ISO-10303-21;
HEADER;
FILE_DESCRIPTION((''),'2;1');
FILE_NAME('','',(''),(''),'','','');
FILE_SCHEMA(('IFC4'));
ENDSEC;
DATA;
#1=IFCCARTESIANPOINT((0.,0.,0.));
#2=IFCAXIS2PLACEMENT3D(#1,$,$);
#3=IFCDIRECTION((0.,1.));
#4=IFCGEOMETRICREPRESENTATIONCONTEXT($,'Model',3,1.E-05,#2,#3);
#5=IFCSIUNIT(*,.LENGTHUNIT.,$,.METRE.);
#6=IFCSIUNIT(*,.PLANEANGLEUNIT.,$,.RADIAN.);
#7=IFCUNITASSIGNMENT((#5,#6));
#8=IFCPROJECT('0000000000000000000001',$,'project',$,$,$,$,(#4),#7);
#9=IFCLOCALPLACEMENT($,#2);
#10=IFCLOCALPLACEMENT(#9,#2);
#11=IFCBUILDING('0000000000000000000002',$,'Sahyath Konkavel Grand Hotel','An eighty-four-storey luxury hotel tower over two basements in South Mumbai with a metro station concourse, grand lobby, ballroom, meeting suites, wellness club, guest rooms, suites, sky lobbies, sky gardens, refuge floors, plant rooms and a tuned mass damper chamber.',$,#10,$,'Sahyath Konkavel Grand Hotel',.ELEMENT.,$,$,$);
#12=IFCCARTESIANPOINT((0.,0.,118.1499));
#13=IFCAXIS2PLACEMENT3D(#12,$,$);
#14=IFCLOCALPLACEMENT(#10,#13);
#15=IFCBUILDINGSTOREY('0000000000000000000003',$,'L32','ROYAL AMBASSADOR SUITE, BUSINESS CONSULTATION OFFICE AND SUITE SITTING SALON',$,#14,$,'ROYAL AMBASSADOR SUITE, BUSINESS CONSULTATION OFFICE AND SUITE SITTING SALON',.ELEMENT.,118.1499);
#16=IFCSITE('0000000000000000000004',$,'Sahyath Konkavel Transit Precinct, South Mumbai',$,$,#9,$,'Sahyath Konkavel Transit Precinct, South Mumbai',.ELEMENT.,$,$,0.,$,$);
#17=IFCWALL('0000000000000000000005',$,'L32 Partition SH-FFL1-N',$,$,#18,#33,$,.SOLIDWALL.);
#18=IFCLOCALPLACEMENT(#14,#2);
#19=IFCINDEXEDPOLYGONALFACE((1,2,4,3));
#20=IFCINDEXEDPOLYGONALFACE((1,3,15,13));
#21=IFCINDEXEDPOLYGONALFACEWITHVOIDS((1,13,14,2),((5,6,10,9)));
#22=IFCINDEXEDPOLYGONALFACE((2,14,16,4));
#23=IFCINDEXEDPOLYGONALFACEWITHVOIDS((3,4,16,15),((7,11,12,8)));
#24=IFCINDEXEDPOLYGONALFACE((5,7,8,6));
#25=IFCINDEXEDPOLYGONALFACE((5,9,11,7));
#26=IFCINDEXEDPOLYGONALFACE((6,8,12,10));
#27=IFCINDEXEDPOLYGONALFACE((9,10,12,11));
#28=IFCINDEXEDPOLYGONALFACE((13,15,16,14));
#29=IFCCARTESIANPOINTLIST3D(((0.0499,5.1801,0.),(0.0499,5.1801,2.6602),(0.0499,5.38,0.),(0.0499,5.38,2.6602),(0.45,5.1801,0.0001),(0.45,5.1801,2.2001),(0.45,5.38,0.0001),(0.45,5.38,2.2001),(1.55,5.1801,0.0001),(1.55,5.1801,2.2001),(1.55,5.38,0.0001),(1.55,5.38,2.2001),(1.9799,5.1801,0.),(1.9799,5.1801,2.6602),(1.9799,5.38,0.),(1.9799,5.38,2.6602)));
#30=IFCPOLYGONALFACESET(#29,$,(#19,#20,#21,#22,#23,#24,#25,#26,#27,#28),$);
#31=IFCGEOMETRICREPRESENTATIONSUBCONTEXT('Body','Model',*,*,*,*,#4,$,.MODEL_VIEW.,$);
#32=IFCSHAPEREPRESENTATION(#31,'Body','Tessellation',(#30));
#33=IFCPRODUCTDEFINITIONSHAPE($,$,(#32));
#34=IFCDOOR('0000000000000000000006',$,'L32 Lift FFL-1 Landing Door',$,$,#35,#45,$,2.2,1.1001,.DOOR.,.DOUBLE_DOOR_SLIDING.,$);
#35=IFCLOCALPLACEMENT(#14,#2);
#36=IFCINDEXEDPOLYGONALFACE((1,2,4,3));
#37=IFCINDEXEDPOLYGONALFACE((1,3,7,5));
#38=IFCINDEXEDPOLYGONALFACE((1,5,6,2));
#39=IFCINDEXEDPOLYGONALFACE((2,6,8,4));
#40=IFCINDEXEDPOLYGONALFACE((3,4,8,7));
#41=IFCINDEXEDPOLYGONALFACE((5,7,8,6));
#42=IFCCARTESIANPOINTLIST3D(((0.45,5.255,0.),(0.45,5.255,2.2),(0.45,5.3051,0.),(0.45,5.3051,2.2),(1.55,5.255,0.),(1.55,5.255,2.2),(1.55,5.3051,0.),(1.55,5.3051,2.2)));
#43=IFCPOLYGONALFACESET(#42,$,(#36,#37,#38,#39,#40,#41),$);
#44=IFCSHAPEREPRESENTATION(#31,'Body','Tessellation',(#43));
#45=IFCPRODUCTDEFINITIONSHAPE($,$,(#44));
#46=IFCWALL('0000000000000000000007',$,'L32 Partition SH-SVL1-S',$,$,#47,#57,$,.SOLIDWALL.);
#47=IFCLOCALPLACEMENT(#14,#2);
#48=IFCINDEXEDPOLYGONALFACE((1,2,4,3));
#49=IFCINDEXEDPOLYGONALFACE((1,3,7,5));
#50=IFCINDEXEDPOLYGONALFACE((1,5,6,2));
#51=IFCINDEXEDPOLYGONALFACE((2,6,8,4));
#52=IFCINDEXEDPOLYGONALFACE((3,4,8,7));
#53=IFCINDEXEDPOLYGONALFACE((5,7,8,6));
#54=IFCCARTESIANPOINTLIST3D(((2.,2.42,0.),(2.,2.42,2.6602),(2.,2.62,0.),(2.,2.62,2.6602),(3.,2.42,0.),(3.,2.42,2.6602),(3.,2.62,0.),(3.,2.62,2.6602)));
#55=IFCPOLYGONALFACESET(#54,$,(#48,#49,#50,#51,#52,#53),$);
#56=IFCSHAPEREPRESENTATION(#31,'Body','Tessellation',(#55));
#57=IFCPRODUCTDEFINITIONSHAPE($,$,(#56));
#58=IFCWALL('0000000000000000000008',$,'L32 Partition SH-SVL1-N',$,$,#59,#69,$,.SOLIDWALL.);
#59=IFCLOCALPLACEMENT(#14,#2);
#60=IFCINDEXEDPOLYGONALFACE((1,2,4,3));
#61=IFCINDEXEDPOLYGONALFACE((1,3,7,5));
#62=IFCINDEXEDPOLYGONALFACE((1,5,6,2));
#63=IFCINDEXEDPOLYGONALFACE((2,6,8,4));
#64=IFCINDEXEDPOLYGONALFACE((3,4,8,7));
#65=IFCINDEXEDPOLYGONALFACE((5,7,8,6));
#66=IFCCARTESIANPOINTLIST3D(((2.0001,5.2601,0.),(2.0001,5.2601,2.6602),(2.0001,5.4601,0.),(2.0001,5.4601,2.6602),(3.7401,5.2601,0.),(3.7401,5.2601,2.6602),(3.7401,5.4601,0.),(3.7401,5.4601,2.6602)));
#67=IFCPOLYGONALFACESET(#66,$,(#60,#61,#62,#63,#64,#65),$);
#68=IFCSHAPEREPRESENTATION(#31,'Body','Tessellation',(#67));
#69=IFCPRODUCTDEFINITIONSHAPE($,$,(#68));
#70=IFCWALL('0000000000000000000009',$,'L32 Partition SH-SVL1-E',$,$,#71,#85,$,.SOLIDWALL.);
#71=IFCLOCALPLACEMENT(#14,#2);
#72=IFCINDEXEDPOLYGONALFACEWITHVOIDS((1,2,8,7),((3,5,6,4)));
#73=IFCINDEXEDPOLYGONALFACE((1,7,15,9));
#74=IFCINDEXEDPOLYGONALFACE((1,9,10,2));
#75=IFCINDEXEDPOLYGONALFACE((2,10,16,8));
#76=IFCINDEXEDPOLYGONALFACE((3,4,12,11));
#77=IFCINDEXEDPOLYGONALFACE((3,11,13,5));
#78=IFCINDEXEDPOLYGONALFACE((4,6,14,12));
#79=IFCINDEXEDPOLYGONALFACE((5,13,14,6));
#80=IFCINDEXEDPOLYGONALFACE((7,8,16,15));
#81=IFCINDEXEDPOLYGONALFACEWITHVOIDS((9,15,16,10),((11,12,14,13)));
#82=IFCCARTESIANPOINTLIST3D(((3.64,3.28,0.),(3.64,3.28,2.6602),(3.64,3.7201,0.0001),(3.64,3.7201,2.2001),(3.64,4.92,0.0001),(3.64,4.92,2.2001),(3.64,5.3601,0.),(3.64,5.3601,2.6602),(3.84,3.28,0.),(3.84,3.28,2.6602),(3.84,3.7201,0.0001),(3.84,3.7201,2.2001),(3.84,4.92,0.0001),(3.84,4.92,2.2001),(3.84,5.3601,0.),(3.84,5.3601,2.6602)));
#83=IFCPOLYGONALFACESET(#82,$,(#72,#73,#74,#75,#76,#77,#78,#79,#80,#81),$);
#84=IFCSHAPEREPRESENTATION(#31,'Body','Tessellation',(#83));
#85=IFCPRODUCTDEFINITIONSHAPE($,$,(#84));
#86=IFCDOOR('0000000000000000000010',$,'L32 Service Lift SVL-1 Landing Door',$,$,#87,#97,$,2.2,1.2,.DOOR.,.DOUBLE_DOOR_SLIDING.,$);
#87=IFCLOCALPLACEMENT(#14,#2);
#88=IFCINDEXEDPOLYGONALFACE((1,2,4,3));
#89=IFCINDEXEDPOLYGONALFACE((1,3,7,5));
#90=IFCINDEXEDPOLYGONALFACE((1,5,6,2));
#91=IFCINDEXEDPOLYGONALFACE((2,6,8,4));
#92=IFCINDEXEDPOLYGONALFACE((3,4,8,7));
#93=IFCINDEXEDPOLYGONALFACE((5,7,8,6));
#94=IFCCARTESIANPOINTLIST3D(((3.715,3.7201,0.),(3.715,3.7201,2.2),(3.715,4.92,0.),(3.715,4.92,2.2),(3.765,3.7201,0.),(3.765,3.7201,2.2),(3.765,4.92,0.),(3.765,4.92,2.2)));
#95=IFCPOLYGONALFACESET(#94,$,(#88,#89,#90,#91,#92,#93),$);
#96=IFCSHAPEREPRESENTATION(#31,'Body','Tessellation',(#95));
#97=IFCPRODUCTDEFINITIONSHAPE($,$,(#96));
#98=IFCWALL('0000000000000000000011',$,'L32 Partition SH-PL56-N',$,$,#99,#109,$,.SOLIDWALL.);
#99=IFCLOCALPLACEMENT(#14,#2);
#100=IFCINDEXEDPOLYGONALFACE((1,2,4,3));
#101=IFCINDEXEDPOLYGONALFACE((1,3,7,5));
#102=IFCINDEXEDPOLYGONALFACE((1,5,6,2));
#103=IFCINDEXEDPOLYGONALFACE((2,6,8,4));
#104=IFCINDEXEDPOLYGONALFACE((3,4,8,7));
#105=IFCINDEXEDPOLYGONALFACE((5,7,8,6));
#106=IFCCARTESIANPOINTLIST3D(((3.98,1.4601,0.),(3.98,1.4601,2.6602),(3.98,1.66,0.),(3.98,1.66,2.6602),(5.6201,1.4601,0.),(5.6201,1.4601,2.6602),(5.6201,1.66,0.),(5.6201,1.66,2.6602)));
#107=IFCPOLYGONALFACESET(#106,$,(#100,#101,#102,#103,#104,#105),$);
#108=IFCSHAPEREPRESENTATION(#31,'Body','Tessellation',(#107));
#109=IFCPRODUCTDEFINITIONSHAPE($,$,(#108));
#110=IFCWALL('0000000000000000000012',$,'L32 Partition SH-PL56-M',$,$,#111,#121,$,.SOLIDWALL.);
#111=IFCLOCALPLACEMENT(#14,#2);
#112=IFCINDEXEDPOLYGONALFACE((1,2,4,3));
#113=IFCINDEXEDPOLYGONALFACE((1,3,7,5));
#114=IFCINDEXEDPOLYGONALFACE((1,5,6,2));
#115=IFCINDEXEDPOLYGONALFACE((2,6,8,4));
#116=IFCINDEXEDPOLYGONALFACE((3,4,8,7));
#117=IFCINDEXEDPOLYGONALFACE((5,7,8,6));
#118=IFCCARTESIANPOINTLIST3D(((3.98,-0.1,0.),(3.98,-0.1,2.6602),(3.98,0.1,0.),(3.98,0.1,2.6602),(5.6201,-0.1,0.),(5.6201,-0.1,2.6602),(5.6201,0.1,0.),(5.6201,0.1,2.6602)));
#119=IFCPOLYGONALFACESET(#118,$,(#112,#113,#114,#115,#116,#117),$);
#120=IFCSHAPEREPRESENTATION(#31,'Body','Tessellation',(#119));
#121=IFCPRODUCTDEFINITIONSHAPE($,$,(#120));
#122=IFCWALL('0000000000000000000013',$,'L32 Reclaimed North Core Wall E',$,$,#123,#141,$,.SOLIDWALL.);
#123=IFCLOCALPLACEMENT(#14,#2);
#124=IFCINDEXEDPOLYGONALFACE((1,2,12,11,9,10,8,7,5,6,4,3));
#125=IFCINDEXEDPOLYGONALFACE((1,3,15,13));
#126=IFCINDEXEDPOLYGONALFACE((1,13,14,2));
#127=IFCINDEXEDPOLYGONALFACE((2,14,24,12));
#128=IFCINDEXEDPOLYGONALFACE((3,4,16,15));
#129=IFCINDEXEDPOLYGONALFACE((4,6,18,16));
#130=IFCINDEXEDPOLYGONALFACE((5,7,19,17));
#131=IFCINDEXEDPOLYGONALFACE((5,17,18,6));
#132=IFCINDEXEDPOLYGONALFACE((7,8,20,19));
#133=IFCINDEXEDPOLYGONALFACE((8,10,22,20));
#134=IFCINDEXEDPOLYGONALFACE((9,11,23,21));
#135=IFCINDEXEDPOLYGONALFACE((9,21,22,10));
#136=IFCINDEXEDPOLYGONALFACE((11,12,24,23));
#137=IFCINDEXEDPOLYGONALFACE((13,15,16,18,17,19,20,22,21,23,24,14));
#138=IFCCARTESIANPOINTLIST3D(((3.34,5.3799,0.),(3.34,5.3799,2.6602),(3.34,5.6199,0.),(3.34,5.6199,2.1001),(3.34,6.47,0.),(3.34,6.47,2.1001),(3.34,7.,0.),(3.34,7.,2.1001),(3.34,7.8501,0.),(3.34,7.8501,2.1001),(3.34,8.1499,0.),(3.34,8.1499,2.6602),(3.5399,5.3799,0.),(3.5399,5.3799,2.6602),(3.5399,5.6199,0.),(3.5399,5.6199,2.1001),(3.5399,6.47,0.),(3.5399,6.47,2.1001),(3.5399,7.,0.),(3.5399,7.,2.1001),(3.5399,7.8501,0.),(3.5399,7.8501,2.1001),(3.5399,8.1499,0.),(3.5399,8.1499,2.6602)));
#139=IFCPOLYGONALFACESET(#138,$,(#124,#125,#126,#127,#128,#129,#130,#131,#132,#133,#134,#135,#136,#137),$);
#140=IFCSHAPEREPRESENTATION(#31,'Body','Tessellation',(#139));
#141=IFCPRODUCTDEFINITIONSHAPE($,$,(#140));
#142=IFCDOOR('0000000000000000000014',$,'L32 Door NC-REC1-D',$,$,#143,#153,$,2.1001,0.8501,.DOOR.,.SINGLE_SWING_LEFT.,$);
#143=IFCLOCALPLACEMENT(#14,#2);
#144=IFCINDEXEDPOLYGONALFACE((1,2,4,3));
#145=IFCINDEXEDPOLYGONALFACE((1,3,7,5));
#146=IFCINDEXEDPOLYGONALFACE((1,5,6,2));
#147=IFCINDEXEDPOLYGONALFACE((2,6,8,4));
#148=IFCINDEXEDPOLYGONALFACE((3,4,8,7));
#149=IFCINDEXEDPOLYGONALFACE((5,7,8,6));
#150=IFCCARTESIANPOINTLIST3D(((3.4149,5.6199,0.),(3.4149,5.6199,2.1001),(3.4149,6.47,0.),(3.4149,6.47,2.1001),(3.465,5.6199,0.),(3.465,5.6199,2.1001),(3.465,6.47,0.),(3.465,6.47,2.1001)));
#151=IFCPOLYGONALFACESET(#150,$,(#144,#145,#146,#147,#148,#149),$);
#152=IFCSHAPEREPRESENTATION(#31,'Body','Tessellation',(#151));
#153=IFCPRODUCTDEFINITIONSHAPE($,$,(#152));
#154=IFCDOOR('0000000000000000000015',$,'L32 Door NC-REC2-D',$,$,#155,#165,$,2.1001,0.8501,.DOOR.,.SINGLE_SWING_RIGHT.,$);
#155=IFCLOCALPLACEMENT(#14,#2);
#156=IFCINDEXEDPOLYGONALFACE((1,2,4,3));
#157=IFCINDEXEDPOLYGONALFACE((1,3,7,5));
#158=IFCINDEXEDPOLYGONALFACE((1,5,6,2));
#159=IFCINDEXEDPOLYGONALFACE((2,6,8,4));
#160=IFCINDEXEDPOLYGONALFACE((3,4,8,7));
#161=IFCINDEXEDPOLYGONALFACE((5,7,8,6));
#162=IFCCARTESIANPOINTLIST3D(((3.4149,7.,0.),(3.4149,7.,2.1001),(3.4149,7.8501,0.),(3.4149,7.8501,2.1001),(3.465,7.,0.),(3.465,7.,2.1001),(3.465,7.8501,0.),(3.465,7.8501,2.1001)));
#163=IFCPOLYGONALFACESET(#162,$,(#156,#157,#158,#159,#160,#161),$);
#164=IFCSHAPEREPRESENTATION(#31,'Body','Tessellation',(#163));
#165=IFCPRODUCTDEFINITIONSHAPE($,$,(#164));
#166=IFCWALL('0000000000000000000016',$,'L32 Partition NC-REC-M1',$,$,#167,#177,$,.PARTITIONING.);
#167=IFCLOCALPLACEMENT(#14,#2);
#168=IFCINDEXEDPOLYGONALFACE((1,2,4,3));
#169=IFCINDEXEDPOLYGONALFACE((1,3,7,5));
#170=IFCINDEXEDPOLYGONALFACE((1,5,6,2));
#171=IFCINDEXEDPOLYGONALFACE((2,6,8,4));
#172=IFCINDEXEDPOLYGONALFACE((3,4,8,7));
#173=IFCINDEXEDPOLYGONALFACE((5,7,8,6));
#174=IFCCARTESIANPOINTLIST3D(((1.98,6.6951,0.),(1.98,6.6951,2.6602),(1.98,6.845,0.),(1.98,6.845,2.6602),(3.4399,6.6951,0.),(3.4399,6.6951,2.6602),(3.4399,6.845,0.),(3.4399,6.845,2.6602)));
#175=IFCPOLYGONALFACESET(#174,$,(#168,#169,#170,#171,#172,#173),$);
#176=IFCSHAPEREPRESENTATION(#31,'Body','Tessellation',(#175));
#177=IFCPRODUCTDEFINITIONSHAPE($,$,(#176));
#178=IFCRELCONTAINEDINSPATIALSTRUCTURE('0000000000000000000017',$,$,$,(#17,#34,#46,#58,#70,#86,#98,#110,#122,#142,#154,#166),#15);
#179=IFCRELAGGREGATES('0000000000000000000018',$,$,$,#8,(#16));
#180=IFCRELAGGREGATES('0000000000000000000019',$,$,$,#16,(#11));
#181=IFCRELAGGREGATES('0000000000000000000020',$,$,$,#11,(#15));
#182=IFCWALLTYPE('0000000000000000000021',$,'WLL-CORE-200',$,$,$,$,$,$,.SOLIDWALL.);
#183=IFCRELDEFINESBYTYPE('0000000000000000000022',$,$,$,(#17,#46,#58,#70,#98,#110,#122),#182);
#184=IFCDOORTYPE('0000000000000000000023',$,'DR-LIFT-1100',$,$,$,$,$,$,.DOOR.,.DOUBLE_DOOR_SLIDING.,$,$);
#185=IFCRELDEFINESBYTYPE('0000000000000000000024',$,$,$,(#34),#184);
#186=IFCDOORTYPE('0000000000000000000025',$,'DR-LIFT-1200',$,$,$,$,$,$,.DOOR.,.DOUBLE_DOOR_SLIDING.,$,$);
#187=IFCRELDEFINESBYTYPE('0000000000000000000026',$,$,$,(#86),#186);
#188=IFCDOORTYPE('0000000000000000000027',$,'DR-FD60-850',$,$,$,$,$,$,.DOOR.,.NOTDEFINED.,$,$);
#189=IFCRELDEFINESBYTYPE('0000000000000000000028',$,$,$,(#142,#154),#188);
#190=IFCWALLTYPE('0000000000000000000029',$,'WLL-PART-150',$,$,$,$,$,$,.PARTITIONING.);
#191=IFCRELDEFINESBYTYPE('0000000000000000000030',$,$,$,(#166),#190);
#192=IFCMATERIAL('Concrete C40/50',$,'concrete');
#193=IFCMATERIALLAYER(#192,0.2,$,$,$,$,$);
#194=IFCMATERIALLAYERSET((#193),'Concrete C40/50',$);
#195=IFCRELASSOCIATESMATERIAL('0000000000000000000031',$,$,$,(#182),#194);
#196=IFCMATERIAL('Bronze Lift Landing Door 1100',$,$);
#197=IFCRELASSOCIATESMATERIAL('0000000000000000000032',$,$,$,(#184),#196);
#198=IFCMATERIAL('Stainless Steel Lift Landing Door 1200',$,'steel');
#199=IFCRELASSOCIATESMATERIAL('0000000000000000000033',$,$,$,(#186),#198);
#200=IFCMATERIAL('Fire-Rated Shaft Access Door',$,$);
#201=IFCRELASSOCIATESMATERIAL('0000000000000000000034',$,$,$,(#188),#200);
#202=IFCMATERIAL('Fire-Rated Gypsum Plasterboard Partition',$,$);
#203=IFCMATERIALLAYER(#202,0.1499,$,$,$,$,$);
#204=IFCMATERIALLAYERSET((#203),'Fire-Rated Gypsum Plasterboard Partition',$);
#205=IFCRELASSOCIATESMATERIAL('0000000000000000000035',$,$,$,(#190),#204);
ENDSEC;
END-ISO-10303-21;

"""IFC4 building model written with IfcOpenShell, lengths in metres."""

from ifc_helpers import new_model, si_unit, direction, frame, frame_2d, origin, origin_2d, place, context, subcontext, project, spatial, rectangle, extrude, source, transform, mapped, material, layer, layer_set, type_object, element, fill, save


model = new_model("IFC4")

# Units and contexts
model_context = context("Model", 3, precision=1e-05, world=origin(), true_north=direction((0.0, 1.0)))
body_context = subcontext(model_context, "Body", "Model", "MODEL_VIEW")
ifc_project = project(units=[si_unit("LENGTHUNIT", "METRE"), si_unit("PLANEANGLEUNIT", "RADIAN")], contexts=[model_context])

# Site, building, storey
site_placement = place(None, origin())
site = spatial("IfcSite", under=ifc_project, at=site_placement, Name="Sahyath Konkavel Transit Precinct, South Mumbai", LongName="Sahyath Konkavel Transit Precinct, South Mumbai", CompositionType="ELEMENT", RefElevation=0.0)
building_placement = place(site_placement, origin())
building = spatial("IfcBuilding", under=site, at=building_placement, Name="Sahyath Konkavel Grand Hotel", Description="An eighty-four-storey luxury hotel tower over two basements in South Mumbai with a metro station concourse, grand lobby, ballroom, meeting suites, wellness club, guest rooms, suites, sky lobbies, sky gardens, refuge floors, plant rooms and a tuned mass damper chamber.", LongName="Sahyath Konkavel Grand Hotel", CompositionType="ELEMENT")
storey_placement = place(building_placement, frame((0.0, 0.0, 118.1499)))
storey = spatial("IfcBuildingStorey", under=building, at=storey_placement, Name="L32", Description="ROYAL AMBASSADOR SUITE, BUSINESS CONSULTATION OFFICE AND SUITE SITTING SALON", LongName="ROYAL AMBASSADOR SUITE, BUSINESS CONSULTATION OFFICE AND SUITE SITTING SALON", CompositionType="ELEMENT", Elevation=118.1499)

# Shared definitions
ifc_material_1 = material(Name="Concrete C40/50", Category="concrete")

# Shared definitions
ifc_layer_1 = layer(ifc_material_1, 0.2)
ifc_layer_set_1 = layer_set([ifc_layer_1], Name="Concrete C40/50")
wall_type_1 = type_object("IfcWallType", Name="WLL-CORE-200", PredefinedType="SOLIDWALL", material=ifc_layer_set_1)
shared_shape_1 = source(origin(), body_context, "Body", "SweptSolid", [
    extrude(rectangle(XDim=0.8501, YDim=0.05, at=origin_2d()), origin(), (0.0, 0.0, 1.0), 2.1001),
])

# Wall, opening, door
wall_1_placement = place(storey_placement, frame((0.05, 5.28, 0.0), z_axis=(0.0, 0.0, 1.0), x_axis=(1.0, 0.0, 0.0)))
wall_1 = element("IfcWall", 1, at=wall_1_placement, inside=storey, type_object=wall_type_1, Name="L32 Partition SH-FFL1-N", PredefinedType="SOLIDWALL", context=body_context, shape_type="SweptSolid", body=[
    extrude(rectangle(XDim=1.9299, YDim=0.2, at=frame_2d((0.9648, 0.0))), origin(), (0.0, 0.0, 1.0), 2.6602),
])
opening_1_placement = place(wall_1_placement, frame((0.3999, 0.0, 0.0)))
opening_1 = element("IfcOpeningElement", 2, at=opening_1_placement, cuts=wall_1, PredefinedType="OPENING", context=body_context, shape_type="SweptSolid", body=[
    extrude(rectangle(XDim=1.1001, YDim=2.2, at=frame_2d((0.55, 1.1001))), frame((0.0, 0.1099, 0.0), z_axis=(0.0, -1.0, 0.0), x_axis=(1.0, 0.0, 0.0)), (0.0, 0.0, 1.0), 0.22),
])
ifc_material_2 = material(Name="Bronze Lift Landing Door 1100")
door_type_1 = type_object("IfcDoorType", Name="DR-LIFT-1100", OperationType="DOUBLE_DOOR_SLIDING", PredefinedType="DOOR", material=ifc_material_2)
shared_shape_2 = source(origin(), body_context, "Body", "SweptSolid", [
    extrude(rectangle(XDim=1.1001, YDim=0.05, at=origin_2d()), origin(), (0.0, 0.0, 1.0), 2.2),
])
door_1_placement = place(opening_1_placement, frame((0.55, 0.0, 0.0)))
door_1 = element("IfcDoor", 3, at=door_1_placement, inside=storey, type_object=door_type_1, Name="L32 Lift FFL-1 Landing Door", OperationType="DOUBLE_DOOR_SLIDING", OverallHeight=2.2, OverallWidth=1.1001, PredefinedType="DOOR", context=body_context, shape_type="MappedRepresentation", body=[
    mapped(shared_shape_2, transform((0.0, 0.0, 0.0), scale=1.0)),
])
fill(opening_1, door_1)

# Walls
wall_2_placement = place(storey_placement, frame((2.0, 2.52, 0.0), z_axis=(0.0, 0.0, 1.0), x_axis=(1.0, 0.0, 0.0)))
element("IfcWall", 4, at=wall_2_placement, inside=storey, type_object=wall_type_1, Name="L32 Partition SH-SVL1-S", PredefinedType="SOLIDWALL", context=body_context, shape_type="SweptSolid", body=[
    extrude(rectangle(XDim=1.0, YDim=0.2, at=frame_2d((0.5, 0.0))), origin(), (0.0, 0.0, 1.0), 2.6602),
])
wall_3_placement = place(storey_placement, frame((2.0, 5.3601, 0.0), z_axis=(0.0, 0.0, 1.0), x_axis=(1.0, 0.0, 0.0)))
element("IfcWall", 5, at=wall_3_placement, inside=storey, type_object=wall_type_1, Name="L32 Partition SH-SVL1-N", PredefinedType="SOLIDWALL", context=body_context, shape_type="SweptSolid", body=[
    extrude(rectangle(XDim=1.74, YDim=0.2, at=frame_2d((0.8701, 0.0))), origin(), (0.0, 0.0, 1.0), 2.6602),
])

# Wall, opening, door
wall_4_placement = place(storey_placement, frame((3.74, 3.28, 0.0), z_axis=(0.0, 0.0, 1.0), x_axis=(0.0, 1.0, 0.0)))
wall_4 = element("IfcWall", 6, at=wall_4_placement, inside=storey, type_object=wall_type_1, Name="L32 Partition SH-SVL1-E", PredefinedType="SOLIDWALL", context=body_context, shape_type="SweptSolid", body=[
    extrude(rectangle(XDim=2.0801, YDim=0.2, at=frame_2d((1.04, 0.0))), origin(), (0.0, 0.0, 1.0), 2.6602),
])
opening_2_placement = place(wall_4_placement, frame((0.4399, 0.0, 0.0)))
opening_2 = element("IfcOpeningElement", 7, at=opening_2_placement, cuts=wall_4, PredefinedType="OPENING", context=body_context, shape_type="SweptSolid", body=[
    extrude(rectangle(XDim=1.2, YDim=2.2, at=frame_2d((0.6001, 1.1001))), frame((0.0, 0.1099, 0.0), z_axis=(0.0, -1.0, 0.0), x_axis=(1.0, 0.0, 0.0)), (0.0, 0.0, 1.0), 0.22),
])
ifc_material_3 = material(Name="Stainless Steel Lift Landing Door 1200", Category="steel")
door_type_2 = type_object("IfcDoorType", Name="DR-LIFT-1200", OperationType="DOUBLE_DOOR_SLIDING", PredefinedType="DOOR", material=ifc_material_3)
shared_shape_3 = source(origin(), body_context, "Body", "SweptSolid", [
    extrude(rectangle(XDim=1.2, YDim=0.05, at=origin_2d()), origin(), (0.0, 0.0, 1.0), 2.2),
])
door_2_placement = place(opening_2_placement, frame((0.6001, 0.0, 0.0)))
door_2 = element("IfcDoor", 8, at=door_2_placement, inside=storey, type_object=door_type_2, Name="L32 Service Lift SVL-1 Landing Door", OperationType="DOUBLE_DOOR_SLIDING", OverallHeight=2.2, OverallWidth=1.2, PredefinedType="DOOR", context=body_context, shape_type="MappedRepresentation", body=[
    mapped(shared_shape_3, transform((0.0, 0.0, 0.0), scale=1.0)),
])
fill(opening_2, door_2)

# Walls
for number, where, z_axis, x_axis, name in (
    (9, (3.98, 1.5601, 0.0), (0.0, 0.0, 1.0), (1.0, 0.0, 0.0), "L32 Partition SH-PL56-N"),
    (10, (3.98, 0.0, 0.0), (0.0, 0.0, 1.0), (1.0, 0.0, 0.0), "L32 Partition SH-PL56-M"),
):
    element("IfcWall", number, at=place(storey_placement, frame(where, z_axis=z_axis, x_axis=x_axis)), inside=storey, type_object=wall_type_1, Name=name, PredefinedType="SOLIDWALL", context=body_context, shape_type="SweptSolid", body=[
        extrude(rectangle(XDim=1.6401, YDim=0.2, at=frame_2d((0.8201, 0.0))), origin(), (0.0, 0.0, 1.0), 2.6602),
    ])

# Wall, openings, doors
wall_5_placement = place(storey_placement, frame((3.4399, 5.3799, 0.0), z_axis=(0.0, 0.0, 1.0), x_axis=(0.0, 1.0, 0.0)))
wall_5 = element("IfcWall", 11, at=wall_5_placement, inside=storey, type_object=wall_type_1, Name="L32 Reclaimed North Core Wall E", PredefinedType="SOLIDWALL", context=body_context, shape_type="SweptSolid", body=[
    extrude(rectangle(XDim=2.77, YDim=0.2, at=frame_2d((1.385, 0.0))), origin(), (0.0, 0.0, 1.0), 2.6602),
])
opening_3_placement = place(wall_5_placement, frame((0.24, 0.0, 0.0)))
opening_3 = element("IfcOpeningElement", 12, at=opening_3_placement, cuts=wall_5, PredefinedType="OPENING", context=body_context, shape_type="SweptSolid", body=[
    extrude(rectangle(XDim=0.8501, YDim=2.1001, at=frame_2d((0.425, 1.05))), frame((0.0, 0.1099, 0.0), z_axis=(0.0, -1.0, 0.0), x_axis=(1.0, 0.0, 0.0)), (0.0, 0.0, 1.0), 0.22),
])
opening_4_placement = place(wall_5_placement, frame((1.6201, 0.0, 0.0)))
opening_4 = element("IfcOpeningElement", 13, at=opening_4_placement, cuts=wall_5, PredefinedType="OPENING", context=body_context, shape_type="SweptSolid", body=[
    extrude(rectangle(XDim=0.8501, YDim=2.1001, at=frame_2d((0.425, 1.05))), frame((0.0, 0.1099, 0.0), z_axis=(0.0, -1.0, 0.0), x_axis=(1.0, 0.0, 0.0)), (0.0, 0.0, 1.0), 0.22),
])
ifc_material_4 = material(Name="Fire-Rated Shaft Access Door")
door_type_3 = type_object("IfcDoorType", Name="DR-FD60-850", OperationType="NOTDEFINED", PredefinedType="DOOR", material=ifc_material_4)
door_3_placement = place(opening_3_placement, frame((0.425, 0.0, 0.0)))
door_3 = element("IfcDoor", 14, at=door_3_placement, inside=storey, type_object=door_type_3, Name="L32 Door NC-REC1-D", OperationType="SINGLE_SWING_LEFT", OverallHeight=2.1001, OverallWidth=0.8501, PredefinedType="DOOR", context=body_context, shape_type="MappedRepresentation", body=[
    mapped(shared_shape_1, transform((0.0, 0.0, 0.0), scale=1.0)),
])
fill(opening_3, door_3)
door_4_placement = place(opening_4_placement, frame((0.425, 0.0, 0.0)))
door_4 = element("IfcDoor", 15, at=door_4_placement, inside=storey, type_object=door_type_3, Name="L32 Door NC-REC2-D", OperationType="SINGLE_SWING_RIGHT", OverallHeight=2.1001, OverallWidth=0.8501, PredefinedType="DOOR", context=body_context, shape_type="MappedRepresentation", body=[
    mapped(shared_shape_1, transform((0.0, 0.0, 0.0), scale=1.0)),
])
fill(opening_4, door_4)

# Wall
ifc_material_5 = material(Name="Fire-Rated Gypsum Plasterboard Partition")
ifc_layer_2 = layer(ifc_material_5, 0.1499)
ifc_layer_set_2 = layer_set([ifc_layer_2], Name="Fire-Rated Gypsum Plasterboard Partition")
wall_type_2 = type_object("IfcWallType", Name="WLL-PART-150", PredefinedType="PARTITIONING", material=ifc_layer_set_2)
wall_6_placement = place(storey_placement, frame((1.98, 6.77, 0.0), z_axis=(0.0, 0.0, 1.0), x_axis=(1.0, 0.0, 0.0)))
element("IfcWall", 16, at=wall_6_placement, inside=storey, type_object=wall_type_2, Name="L32 Partition NC-REC-M1", PredefinedType="PARTITIONING", context=body_context, shape_type="SweptSolid", body=[
    extrude(rectangle(XDim=1.46, YDim=0.1499, at=frame_2d((0.73, 0.0))), origin(), (0.0, 0.0, 1.0), 2.6602),
])

save(model, "model.ifc")
